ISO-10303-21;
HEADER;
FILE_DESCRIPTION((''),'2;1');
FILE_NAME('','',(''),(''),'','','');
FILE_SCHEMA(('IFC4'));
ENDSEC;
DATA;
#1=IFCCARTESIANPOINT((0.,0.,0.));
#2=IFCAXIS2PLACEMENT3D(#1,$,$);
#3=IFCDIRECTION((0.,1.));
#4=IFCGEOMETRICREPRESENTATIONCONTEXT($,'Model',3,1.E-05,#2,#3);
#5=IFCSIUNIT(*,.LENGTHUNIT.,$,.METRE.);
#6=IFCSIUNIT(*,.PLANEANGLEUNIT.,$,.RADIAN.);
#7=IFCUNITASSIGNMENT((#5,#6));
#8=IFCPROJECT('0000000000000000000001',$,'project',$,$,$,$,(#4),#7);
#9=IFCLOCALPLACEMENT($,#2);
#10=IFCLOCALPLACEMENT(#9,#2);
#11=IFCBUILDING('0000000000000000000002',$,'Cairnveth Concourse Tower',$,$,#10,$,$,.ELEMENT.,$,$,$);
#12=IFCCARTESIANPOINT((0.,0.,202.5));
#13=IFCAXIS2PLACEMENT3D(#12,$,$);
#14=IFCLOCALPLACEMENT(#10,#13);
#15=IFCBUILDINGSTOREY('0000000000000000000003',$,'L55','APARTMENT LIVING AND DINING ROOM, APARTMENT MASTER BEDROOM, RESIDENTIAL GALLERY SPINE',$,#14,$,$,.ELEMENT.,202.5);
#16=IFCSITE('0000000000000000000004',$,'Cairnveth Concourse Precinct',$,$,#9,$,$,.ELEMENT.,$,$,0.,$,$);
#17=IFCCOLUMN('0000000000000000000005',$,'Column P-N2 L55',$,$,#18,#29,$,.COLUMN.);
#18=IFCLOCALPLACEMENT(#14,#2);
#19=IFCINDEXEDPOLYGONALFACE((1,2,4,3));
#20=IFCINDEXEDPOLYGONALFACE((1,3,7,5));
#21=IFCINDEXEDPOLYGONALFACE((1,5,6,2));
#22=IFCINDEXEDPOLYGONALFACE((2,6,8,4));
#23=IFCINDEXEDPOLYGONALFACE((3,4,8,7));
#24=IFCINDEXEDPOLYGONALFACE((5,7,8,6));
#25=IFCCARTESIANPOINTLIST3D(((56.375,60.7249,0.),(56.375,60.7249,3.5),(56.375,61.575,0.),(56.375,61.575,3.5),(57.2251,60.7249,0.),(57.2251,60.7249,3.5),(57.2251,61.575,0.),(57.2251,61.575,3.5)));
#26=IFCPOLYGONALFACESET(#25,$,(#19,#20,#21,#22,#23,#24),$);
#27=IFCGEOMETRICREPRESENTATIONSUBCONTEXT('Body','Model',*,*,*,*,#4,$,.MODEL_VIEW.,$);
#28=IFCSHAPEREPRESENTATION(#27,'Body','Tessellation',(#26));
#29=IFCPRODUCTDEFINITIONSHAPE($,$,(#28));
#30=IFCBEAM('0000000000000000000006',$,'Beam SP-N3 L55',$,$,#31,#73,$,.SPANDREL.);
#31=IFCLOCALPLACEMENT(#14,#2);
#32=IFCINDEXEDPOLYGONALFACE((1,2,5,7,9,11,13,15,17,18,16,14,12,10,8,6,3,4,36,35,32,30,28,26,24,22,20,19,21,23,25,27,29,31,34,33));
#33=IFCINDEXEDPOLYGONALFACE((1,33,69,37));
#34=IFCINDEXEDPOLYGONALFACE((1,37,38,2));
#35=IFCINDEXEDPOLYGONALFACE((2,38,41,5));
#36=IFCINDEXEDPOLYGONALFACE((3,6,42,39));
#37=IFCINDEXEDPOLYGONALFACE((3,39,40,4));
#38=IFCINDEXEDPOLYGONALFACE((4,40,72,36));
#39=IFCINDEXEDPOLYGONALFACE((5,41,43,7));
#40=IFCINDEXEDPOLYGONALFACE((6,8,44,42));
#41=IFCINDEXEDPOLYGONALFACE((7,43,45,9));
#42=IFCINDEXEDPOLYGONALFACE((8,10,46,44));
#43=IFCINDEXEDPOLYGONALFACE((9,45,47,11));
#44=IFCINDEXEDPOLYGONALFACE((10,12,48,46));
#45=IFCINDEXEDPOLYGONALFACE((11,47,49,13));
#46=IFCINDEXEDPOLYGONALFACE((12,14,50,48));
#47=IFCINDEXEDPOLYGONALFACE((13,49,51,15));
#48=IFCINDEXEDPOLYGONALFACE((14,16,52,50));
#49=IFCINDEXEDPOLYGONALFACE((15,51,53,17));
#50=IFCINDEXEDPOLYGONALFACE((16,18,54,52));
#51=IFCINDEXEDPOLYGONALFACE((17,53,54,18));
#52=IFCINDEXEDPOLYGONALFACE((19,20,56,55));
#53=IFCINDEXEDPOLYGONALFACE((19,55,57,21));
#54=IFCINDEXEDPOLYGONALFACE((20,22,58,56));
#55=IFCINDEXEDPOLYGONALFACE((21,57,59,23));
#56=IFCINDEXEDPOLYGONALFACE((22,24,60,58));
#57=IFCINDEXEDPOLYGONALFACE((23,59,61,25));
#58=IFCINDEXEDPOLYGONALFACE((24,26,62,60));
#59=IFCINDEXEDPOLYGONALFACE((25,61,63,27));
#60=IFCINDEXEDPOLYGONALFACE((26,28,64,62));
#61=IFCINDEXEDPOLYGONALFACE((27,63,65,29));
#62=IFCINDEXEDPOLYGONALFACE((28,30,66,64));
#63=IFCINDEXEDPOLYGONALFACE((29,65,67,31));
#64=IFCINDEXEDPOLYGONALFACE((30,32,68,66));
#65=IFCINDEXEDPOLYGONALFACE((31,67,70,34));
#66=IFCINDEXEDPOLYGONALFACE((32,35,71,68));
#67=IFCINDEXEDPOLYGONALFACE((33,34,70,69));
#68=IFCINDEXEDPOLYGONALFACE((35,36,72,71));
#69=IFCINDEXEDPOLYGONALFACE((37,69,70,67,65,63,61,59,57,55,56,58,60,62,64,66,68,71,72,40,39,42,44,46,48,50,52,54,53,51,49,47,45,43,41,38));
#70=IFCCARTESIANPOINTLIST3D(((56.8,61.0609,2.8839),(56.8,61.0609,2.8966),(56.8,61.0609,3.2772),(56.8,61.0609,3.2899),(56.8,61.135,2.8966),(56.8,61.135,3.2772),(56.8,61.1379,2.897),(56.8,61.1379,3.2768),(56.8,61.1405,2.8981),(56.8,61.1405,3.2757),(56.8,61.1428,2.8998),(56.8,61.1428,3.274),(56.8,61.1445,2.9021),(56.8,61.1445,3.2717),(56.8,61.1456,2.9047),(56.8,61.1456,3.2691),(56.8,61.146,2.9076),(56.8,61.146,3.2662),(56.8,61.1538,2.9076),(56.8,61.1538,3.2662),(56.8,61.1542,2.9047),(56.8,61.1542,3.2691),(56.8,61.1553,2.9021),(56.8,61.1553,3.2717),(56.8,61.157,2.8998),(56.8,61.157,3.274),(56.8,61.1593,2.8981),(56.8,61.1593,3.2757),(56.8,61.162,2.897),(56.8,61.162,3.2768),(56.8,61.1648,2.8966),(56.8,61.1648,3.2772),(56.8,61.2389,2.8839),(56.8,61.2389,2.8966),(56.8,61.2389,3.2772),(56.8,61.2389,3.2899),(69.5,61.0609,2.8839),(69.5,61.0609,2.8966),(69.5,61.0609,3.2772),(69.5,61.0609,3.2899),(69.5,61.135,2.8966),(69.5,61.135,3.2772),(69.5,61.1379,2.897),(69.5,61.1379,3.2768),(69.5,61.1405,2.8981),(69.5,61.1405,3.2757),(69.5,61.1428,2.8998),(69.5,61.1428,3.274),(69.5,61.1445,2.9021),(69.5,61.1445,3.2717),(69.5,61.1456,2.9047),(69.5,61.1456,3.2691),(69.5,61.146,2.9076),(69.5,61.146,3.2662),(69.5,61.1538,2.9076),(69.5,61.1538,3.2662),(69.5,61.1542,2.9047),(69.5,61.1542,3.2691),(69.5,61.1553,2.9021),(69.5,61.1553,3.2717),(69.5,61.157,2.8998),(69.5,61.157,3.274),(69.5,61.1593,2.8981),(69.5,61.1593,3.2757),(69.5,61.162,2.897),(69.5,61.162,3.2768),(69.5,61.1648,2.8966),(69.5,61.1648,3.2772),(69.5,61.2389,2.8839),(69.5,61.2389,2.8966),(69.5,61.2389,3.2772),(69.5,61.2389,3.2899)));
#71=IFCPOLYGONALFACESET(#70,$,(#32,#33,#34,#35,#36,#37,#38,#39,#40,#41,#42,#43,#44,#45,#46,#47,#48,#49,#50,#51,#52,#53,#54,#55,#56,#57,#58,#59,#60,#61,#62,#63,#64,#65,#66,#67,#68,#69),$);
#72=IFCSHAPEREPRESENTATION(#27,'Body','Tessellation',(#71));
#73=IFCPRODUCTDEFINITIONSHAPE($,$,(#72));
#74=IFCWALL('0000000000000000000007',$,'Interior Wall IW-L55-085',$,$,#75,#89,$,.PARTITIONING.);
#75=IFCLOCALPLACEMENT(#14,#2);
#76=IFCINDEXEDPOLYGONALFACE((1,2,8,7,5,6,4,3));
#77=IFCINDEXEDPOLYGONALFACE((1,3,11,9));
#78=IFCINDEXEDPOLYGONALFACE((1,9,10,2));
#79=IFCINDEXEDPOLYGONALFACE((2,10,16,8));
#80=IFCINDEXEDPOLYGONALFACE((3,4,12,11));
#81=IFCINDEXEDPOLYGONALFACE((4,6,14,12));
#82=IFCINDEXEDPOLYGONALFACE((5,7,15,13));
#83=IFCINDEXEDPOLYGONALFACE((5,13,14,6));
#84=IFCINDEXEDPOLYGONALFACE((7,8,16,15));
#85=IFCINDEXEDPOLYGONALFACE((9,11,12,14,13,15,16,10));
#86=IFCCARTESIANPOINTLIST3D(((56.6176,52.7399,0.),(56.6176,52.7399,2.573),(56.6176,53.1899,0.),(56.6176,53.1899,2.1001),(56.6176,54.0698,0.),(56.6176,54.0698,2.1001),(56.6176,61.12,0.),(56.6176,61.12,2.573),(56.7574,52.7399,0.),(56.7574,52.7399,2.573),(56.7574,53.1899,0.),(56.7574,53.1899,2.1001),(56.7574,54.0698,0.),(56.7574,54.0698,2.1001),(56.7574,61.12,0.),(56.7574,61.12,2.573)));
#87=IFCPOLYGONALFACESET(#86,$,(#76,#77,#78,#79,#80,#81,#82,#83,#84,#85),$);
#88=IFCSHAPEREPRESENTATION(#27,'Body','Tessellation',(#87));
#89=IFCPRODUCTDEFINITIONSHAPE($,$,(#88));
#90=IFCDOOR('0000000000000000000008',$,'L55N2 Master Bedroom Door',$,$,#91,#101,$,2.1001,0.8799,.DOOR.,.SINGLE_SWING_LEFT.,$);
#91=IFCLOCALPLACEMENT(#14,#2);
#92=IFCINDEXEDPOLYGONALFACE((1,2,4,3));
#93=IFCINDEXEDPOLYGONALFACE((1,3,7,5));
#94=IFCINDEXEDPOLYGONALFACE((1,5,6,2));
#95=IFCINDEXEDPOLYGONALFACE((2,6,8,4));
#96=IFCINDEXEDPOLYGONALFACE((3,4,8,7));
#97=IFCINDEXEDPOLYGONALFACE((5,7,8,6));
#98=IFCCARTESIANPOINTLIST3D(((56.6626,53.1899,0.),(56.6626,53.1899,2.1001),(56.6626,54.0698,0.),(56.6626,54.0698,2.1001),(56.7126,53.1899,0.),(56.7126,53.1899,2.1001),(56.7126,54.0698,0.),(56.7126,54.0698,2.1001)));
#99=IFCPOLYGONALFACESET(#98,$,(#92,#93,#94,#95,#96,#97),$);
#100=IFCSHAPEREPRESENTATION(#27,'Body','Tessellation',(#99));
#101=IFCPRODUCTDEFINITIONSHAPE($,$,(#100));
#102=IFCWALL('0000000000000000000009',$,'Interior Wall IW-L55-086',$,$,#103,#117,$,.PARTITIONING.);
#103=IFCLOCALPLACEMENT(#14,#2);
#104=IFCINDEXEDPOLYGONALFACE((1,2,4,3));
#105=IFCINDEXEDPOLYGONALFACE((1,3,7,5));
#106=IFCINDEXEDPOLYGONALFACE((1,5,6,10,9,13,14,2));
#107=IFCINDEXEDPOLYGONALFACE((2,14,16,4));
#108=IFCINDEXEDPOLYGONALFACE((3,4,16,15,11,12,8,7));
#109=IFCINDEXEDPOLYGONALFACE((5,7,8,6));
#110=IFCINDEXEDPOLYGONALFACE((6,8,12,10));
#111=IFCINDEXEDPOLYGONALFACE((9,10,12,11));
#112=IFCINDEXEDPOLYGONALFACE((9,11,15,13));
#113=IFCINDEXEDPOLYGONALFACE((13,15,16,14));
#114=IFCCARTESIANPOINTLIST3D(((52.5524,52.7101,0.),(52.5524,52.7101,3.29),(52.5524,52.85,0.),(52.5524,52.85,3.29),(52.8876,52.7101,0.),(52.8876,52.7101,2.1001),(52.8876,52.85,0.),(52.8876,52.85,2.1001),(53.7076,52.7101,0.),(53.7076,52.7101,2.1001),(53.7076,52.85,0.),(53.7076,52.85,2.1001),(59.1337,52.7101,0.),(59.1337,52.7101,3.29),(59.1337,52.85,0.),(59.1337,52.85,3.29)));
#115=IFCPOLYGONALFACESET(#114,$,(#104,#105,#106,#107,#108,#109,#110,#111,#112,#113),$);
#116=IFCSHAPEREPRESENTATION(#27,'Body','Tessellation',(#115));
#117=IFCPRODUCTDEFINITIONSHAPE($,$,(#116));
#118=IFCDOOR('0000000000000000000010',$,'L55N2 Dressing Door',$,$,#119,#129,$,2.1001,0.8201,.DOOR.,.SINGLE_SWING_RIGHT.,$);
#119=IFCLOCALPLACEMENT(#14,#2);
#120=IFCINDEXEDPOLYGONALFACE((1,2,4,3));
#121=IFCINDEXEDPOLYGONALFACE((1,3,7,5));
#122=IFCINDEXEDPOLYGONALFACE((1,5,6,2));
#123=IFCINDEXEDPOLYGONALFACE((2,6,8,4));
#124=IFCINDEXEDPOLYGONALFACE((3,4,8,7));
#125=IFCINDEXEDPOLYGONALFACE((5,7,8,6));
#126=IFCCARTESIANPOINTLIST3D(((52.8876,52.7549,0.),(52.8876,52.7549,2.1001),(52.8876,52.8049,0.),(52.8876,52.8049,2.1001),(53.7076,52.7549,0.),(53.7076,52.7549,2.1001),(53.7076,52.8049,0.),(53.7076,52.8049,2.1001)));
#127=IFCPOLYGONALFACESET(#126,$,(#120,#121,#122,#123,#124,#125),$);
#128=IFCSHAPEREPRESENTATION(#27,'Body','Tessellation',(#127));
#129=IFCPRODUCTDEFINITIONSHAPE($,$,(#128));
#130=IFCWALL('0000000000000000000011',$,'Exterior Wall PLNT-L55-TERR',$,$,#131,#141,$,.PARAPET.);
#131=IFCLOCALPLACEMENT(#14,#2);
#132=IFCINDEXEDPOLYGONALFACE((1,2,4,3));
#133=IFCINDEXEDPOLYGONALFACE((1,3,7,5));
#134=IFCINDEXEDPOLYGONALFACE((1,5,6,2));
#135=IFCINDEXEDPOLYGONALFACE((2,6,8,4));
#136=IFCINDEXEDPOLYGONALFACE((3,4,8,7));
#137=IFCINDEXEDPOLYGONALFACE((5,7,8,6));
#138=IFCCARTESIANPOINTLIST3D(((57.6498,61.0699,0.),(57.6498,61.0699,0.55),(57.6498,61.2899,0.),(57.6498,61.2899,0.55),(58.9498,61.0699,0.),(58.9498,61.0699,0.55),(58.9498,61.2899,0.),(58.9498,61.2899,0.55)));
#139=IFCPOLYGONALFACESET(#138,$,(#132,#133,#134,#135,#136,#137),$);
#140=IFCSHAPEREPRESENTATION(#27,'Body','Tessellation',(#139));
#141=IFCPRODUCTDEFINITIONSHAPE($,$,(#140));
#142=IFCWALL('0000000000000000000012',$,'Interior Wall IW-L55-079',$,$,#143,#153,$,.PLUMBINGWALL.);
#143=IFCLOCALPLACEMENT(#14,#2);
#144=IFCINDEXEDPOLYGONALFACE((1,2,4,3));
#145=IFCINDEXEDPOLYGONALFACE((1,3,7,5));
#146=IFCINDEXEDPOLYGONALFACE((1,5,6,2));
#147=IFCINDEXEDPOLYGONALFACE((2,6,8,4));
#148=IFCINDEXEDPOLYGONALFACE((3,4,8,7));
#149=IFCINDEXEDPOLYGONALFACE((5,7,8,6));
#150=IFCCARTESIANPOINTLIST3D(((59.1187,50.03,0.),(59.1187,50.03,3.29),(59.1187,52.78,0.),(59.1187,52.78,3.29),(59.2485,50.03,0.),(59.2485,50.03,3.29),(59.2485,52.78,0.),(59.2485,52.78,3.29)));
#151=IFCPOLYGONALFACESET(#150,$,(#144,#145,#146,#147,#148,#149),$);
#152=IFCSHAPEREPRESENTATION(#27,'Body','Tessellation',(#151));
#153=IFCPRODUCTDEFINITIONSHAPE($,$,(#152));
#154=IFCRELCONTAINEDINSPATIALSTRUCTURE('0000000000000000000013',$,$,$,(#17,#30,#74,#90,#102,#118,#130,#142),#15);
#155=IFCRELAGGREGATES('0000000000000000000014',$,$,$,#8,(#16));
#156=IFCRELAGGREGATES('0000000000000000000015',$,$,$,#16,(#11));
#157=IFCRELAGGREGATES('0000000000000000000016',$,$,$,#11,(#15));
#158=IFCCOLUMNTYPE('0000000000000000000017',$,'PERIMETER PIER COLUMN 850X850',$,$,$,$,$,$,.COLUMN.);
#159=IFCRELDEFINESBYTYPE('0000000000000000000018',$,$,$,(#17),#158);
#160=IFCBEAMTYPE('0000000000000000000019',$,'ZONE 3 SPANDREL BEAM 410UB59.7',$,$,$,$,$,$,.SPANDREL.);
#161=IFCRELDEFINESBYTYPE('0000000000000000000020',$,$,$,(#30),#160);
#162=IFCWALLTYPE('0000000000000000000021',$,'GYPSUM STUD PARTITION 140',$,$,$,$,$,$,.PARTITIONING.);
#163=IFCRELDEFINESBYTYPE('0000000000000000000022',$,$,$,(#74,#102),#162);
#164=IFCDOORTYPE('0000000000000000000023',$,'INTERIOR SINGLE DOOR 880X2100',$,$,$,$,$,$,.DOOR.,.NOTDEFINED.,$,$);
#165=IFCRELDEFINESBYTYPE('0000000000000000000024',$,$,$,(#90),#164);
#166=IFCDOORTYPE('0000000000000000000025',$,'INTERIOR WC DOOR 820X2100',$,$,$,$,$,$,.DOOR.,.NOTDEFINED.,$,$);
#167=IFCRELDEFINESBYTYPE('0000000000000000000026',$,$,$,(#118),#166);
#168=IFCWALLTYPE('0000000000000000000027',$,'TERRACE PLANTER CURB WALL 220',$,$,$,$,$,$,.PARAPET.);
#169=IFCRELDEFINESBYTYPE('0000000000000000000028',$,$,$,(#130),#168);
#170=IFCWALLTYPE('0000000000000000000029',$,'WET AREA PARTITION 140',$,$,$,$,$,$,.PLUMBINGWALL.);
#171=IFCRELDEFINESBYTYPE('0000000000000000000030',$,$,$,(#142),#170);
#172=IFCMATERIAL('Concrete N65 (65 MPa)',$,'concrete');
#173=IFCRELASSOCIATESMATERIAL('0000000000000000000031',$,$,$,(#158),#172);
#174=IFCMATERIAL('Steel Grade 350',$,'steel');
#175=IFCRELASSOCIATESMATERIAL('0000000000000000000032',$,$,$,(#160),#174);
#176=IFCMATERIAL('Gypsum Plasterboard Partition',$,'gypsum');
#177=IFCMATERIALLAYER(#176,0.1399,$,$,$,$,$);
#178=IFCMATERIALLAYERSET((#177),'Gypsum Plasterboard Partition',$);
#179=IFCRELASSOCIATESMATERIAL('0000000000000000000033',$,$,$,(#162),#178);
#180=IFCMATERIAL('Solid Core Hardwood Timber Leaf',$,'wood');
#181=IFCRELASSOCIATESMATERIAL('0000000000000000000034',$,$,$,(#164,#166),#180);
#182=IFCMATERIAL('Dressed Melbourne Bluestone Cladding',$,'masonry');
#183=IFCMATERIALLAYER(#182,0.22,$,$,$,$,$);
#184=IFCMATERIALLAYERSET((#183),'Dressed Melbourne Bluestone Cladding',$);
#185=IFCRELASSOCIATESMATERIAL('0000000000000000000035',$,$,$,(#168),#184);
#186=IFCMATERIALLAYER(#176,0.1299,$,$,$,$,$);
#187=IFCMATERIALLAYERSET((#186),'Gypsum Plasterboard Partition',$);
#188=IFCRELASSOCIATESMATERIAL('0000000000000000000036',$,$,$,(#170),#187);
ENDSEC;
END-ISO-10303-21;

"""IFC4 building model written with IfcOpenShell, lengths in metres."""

from ifc_helpers import new_model, si_unit, direction, frame, frame_2d, origin, origin_2d, place, context, subcontext, project, spatial, rectangle, i_section, extrude, material, layer, layer_set, material_profile, profile_set, type_object, element, fill, save


model = new_model("IFC4")

# Units and contexts
model_context = context("Model", 3, precision=1e-05, world=origin(), true_north=direction((0.0, 1.0)))
body_context = subcontext(model_context, "Body", "Model", "MODEL_VIEW")
ifc_project = project(units=[si_unit("LENGTHUNIT", "METRE"), si_unit("PLANEANGLEUNIT", "RADIAN")], contexts=[model_context])

# Site, building, storey
site_placement = place(None, origin())
site = spatial("IfcSite", under=ifc_project, at=site_placement, Name="Cairnveth Concourse Precinct", CompositionType="ELEMENT", RefElevation=0.0)
building_placement = place(site_placement, origin())
building = spatial("IfcBuilding", under=site, at=building_placement, Name="Cairnveth Concourse Tower", CompositionType="ELEMENT")
storey_placement = place(building_placement, frame((0.0, 0.0, 202.5)))
storey = spatial("IfcBuildingStorey", under=building, at=storey_placement, Name="L55", Description="APARTMENT LIVING AND DINING ROOM, APARTMENT MASTER BEDROOM, RESIDENTIAL GALLERY SPINE", CompositionType="ELEMENT", Elevation=202.5)

# Column
ifc_material_1 = material(Name="Concrete N65 (65 MPa)", Category="concrete")
ifc_material_profile_1 = material_profile(ifc_material_1, rectangle(XDim=0.8501, YDim=0.8501, at=origin_2d()), Name="RC-COL-850x850")
ifc_profile_set_1 = profile_set([ifc_material_profile_1], Name="Concrete N65 (65 MPa)")
column_type = type_object("IfcColumnType", Name="PERIMETER PIER COLUMN 850X850", PredefinedType="COLUMN", material=ifc_profile_set_1)
column_placement = place(storey_placement, frame((56.8, 61.1499, 0.0), z_axis=(0.0, 0.0, 1.0), x_axis=(1.0, 0.0, 0.0)))
element("IfcColumn", 1, at=column_placement, inside=storey, type_object=column_type, Name="Column P-N2 L55", PredefinedType="COLUMN", context=body_context, shape_type="SweptSolid", body=[
    extrude(rectangle(XDim=0.8501, YDim=0.8501, at=origin_2d()), origin(), (0.0, 0.0, 1.0), 3.5),
])

# Beam
ifc_material_2 = material(Name="Steel Grade 350", Category="steel")
ifc_material_profile_2 = material_profile(ifc_material_2, i_section(OverallWidth=0.178, OverallDepth=0.406, WebThickness=0.0078, FlangeThickness=0.0127, FilletRadius=0.011, at=origin_2d()), Name="410UB59.7")
ifc_profile_set_2 = profile_set([ifc_material_profile_2], Name="Steel Grade 350")
beam_type = type_object("IfcBeamType", Name="ZONE 3 SPANDREL BEAM 410UB59.7", PredefinedType="SPANDREL", material=ifc_profile_set_2)
beam_placement = place(storey_placement, frame((56.8, 61.1499, 3.0869), z_axis=(1.0, 0.0, 0.0), x_axis=(0.0, 1.0, 0.0)))
element("IfcBeam", 2, at=beam_placement, inside=storey, type_object=beam_type, Name="Beam SP-N3 L55", PredefinedType="SPANDREL", context=body_context, shape_type="SweptSolid", body=[
    extrude(i_section(OverallWidth=0.178, OverallDepth=0.406, WebThickness=0.0078, FlangeThickness=0.0127, FilletRadius=0.011, at=origin_2d()), origin(), (0.0, 0.0, 1.0), 12.7),
])

# Walls, openings, doors
ifc_material_3 = material(Name="Gypsum Plasterboard Partition", Category="gypsum")
ifc_layer_1 = layer(ifc_material_3, 0.1399)
ifc_layer_set_1 = layer_set([ifc_layer_1], Name="Gypsum Plasterboard Partition")
wall_type_1 = type_object("IfcWallType", Name="GYPSUM STUD PARTITION 140", PredefinedType="PARTITIONING", material=ifc_layer_set_1)
wall_1_placement = place(storey_placement, frame((56.6875, 52.74, 0.0), z_axis=(0.0, 0.0, 1.0), x_axis=(0.0, 1.0, 0.0)))
wall_1 = element("IfcWall", 3, at=wall_1_placement, inside=storey, type_object=wall_type_1, Name="Interior Wall IW-L55-085", PredefinedType="PARTITIONING", context=body_context, shape_type="SweptSolid", body=[
    extrude(rectangle(XDim=8.3801, YDim=0.1399, at=frame_2d((4.1899, 0.0))), origin(), (0.0, 0.0, 1.0), 2.573),
])
opening_1_placement = place(wall_1_placement, frame((0.45, 0.0, 0.0)))
opening_1 = element("IfcOpeningElement", 4, at=opening_1_placement, cuts=wall_1, PredefinedType="OPENING", context=body_context, shape_type="SweptSolid", body=[
    extrude(rectangle(XDim=0.8799, YDim=2.1001, at=frame_2d((0.4399, 1.05))), frame((0.0, 0.0798, 0.0), z_axis=(0.0, -1.0, 0.0), x_axis=(1.0, 0.0, 0.0)), (0.0, 0.0, 1.0), 0.1599),
])
ifc_material_4 = material(Name="Solid Core Hardwood Timber Leaf", Category="wood")
door_type_1 = type_object("IfcDoorType", Name="INTERIOR SINGLE DOOR 880X2100", OperationType="NOTDEFINED", PredefinedType="DOOR", material=ifc_material_4)
door_1_placement = place(opening_1_placement, origin())
door_1 = element("IfcDoor", 5, at=door_1_placement, inside=storey, type_object=door_type_1, Name="L55N2 Master Bedroom Door", OperationType="SINGLE_SWING_LEFT", OverallHeight=2.1001, OverallWidth=0.8799, PredefinedType="DOOR", context=body_context, shape_type="SweptSolid", body=[
    extrude(rectangle(XDim=0.8799, YDim=2.1001, at=frame_2d((0.4399, 1.05))), frame((0.0, 0.0249, 0.0), z_axis=(0.0, -1.0, 0.0), x_axis=(1.0, 0.0, 0.0)), (0.0, 0.0, 1.0), 0.05),
])
fill(opening_1, door_1)
wall_2_placement = place(storey_placement, frame((52.5525, 52.78, 0.0), z_axis=(0.0, 0.0, 1.0), x_axis=(1.0, 0.0, 0.0)))
wall_2 = element("IfcWall", 6, at=wall_2_placement, inside=storey, type_object=wall_type_1, Name="Interior Wall IW-L55-086", PredefinedType="PARTITIONING", context=body_context, shape_type="SweptSolid", body=[
    extrude(rectangle(XDim=6.5813, YDim=0.1399, at=frame_2d((3.2905, 0.0))), origin(), (0.0, 0.0, 1.0), 3.29),
])
opening_2_placement = place(wall_2_placement, frame((0.335, 0.0, 0.0)))
opening_2 = element("IfcOpeningElement", 7, at=opening_2_placement, cuts=wall_2, PredefinedType="OPENING", context=body_context, shape_type="SweptSolid", body=[
    extrude(rectangle(XDim=0.8201, YDim=2.1001, at=frame_2d((0.4102, 1.05))), frame((0.0, 0.0798, 0.0), z_axis=(0.0, -1.0, 0.0), x_axis=(1.0, 0.0, 0.0)), (0.0, 0.0, 1.0), 0.1599),
])
door_type_2 = type_object("IfcDoorType", Name="INTERIOR WC DOOR 820X2100", OperationType="NOTDEFINED", PredefinedType="DOOR", material=ifc_material_4)
door_2_placement = place(opening_2_placement, origin())
door_2 = element("IfcDoor", 8, at=door_2_placement, inside=storey, type_object=door_type_2, Name="L55N2 Dressing Door", OperationType="SINGLE_SWING_RIGHT", OverallHeight=2.1001, OverallWidth=0.8201, PredefinedType="DOOR", context=body_context, shape_type="SweptSolid", body=[
    extrude(rectangle(XDim=0.8201, YDim=2.1001, at=frame_2d((0.4102, 1.05))), frame((0.0, 0.0249, 0.0), z_axis=(0.0, -1.0, 0.0), x_axis=(1.0, 0.0, 0.0)), (0.0, 0.0, 1.0), 0.05),
])
fill(opening_2, door_2)

# Walls
ifc_material_5 = material(Name="Dressed Melbourne Bluestone Cladding", Category="masonry")
ifc_layer_2 = layer(ifc_material_5, 0.22)
ifc_layer_set_2 = layer_set([ifc_layer_2], Name="Dressed Melbourne Bluestone Cladding")
wall_type_2 = type_object("IfcWallType", Name="TERRACE PLANTER CURB WALL 220", PredefinedType="PARAPET", material=ifc_layer_set_2)
wall_3_placement = place(storey_placement, frame((57.6499, 61.1799, 0.0), z_axis=(0.0, 0.0, 1.0), x_axis=(1.0, 0.0, 0.0)))
element("IfcWall", 9, at=wall_3_placement, inside=storey, type_object=wall_type_2, Name="Exterior Wall PLNT-L55-TERR", PredefinedType="PARAPET", context=body_context, shape_type="SweptSolid", body=[
    extrude(rectangle(XDim=1.3, YDim=0.22, at=frame_2d((0.6499, 0.0))), origin(), (0.0, 0.0, 1.0), 0.55),
])
ifc_layer_3 = layer(ifc_material_3, 0.1299)
ifc_layer_set_3 = layer_set([ifc_layer_3], Name="Gypsum Plasterboard Partition")
wall_type_3 = type_object("IfcWallType", Name="WET AREA PARTITION 140", PredefinedType="PLUMBINGWALL", material=ifc_layer_set_3)
wall_4_placement = place(storey_placement, frame((59.1836, 50.03, 0.0), z_axis=(0.0, 0.0, 1.0), x_axis=(0.0, 1.0, 0.0)))
element("IfcWall", 10, at=wall_4_placement, inside=storey, type_object=wall_type_3, Name="Interior Wall IW-L55-079", PredefinedType="PLUMBINGWALL", context=body_context, shape_type="SweptSolid", body=[
    extrude(rectangle(XDim=2.75, YDim=0.1299, at=frame_2d((1.375, 0.0))), origin(), (0.0, 0.0, 1.0), 3.29),
])

save(model, "model.ifc")
